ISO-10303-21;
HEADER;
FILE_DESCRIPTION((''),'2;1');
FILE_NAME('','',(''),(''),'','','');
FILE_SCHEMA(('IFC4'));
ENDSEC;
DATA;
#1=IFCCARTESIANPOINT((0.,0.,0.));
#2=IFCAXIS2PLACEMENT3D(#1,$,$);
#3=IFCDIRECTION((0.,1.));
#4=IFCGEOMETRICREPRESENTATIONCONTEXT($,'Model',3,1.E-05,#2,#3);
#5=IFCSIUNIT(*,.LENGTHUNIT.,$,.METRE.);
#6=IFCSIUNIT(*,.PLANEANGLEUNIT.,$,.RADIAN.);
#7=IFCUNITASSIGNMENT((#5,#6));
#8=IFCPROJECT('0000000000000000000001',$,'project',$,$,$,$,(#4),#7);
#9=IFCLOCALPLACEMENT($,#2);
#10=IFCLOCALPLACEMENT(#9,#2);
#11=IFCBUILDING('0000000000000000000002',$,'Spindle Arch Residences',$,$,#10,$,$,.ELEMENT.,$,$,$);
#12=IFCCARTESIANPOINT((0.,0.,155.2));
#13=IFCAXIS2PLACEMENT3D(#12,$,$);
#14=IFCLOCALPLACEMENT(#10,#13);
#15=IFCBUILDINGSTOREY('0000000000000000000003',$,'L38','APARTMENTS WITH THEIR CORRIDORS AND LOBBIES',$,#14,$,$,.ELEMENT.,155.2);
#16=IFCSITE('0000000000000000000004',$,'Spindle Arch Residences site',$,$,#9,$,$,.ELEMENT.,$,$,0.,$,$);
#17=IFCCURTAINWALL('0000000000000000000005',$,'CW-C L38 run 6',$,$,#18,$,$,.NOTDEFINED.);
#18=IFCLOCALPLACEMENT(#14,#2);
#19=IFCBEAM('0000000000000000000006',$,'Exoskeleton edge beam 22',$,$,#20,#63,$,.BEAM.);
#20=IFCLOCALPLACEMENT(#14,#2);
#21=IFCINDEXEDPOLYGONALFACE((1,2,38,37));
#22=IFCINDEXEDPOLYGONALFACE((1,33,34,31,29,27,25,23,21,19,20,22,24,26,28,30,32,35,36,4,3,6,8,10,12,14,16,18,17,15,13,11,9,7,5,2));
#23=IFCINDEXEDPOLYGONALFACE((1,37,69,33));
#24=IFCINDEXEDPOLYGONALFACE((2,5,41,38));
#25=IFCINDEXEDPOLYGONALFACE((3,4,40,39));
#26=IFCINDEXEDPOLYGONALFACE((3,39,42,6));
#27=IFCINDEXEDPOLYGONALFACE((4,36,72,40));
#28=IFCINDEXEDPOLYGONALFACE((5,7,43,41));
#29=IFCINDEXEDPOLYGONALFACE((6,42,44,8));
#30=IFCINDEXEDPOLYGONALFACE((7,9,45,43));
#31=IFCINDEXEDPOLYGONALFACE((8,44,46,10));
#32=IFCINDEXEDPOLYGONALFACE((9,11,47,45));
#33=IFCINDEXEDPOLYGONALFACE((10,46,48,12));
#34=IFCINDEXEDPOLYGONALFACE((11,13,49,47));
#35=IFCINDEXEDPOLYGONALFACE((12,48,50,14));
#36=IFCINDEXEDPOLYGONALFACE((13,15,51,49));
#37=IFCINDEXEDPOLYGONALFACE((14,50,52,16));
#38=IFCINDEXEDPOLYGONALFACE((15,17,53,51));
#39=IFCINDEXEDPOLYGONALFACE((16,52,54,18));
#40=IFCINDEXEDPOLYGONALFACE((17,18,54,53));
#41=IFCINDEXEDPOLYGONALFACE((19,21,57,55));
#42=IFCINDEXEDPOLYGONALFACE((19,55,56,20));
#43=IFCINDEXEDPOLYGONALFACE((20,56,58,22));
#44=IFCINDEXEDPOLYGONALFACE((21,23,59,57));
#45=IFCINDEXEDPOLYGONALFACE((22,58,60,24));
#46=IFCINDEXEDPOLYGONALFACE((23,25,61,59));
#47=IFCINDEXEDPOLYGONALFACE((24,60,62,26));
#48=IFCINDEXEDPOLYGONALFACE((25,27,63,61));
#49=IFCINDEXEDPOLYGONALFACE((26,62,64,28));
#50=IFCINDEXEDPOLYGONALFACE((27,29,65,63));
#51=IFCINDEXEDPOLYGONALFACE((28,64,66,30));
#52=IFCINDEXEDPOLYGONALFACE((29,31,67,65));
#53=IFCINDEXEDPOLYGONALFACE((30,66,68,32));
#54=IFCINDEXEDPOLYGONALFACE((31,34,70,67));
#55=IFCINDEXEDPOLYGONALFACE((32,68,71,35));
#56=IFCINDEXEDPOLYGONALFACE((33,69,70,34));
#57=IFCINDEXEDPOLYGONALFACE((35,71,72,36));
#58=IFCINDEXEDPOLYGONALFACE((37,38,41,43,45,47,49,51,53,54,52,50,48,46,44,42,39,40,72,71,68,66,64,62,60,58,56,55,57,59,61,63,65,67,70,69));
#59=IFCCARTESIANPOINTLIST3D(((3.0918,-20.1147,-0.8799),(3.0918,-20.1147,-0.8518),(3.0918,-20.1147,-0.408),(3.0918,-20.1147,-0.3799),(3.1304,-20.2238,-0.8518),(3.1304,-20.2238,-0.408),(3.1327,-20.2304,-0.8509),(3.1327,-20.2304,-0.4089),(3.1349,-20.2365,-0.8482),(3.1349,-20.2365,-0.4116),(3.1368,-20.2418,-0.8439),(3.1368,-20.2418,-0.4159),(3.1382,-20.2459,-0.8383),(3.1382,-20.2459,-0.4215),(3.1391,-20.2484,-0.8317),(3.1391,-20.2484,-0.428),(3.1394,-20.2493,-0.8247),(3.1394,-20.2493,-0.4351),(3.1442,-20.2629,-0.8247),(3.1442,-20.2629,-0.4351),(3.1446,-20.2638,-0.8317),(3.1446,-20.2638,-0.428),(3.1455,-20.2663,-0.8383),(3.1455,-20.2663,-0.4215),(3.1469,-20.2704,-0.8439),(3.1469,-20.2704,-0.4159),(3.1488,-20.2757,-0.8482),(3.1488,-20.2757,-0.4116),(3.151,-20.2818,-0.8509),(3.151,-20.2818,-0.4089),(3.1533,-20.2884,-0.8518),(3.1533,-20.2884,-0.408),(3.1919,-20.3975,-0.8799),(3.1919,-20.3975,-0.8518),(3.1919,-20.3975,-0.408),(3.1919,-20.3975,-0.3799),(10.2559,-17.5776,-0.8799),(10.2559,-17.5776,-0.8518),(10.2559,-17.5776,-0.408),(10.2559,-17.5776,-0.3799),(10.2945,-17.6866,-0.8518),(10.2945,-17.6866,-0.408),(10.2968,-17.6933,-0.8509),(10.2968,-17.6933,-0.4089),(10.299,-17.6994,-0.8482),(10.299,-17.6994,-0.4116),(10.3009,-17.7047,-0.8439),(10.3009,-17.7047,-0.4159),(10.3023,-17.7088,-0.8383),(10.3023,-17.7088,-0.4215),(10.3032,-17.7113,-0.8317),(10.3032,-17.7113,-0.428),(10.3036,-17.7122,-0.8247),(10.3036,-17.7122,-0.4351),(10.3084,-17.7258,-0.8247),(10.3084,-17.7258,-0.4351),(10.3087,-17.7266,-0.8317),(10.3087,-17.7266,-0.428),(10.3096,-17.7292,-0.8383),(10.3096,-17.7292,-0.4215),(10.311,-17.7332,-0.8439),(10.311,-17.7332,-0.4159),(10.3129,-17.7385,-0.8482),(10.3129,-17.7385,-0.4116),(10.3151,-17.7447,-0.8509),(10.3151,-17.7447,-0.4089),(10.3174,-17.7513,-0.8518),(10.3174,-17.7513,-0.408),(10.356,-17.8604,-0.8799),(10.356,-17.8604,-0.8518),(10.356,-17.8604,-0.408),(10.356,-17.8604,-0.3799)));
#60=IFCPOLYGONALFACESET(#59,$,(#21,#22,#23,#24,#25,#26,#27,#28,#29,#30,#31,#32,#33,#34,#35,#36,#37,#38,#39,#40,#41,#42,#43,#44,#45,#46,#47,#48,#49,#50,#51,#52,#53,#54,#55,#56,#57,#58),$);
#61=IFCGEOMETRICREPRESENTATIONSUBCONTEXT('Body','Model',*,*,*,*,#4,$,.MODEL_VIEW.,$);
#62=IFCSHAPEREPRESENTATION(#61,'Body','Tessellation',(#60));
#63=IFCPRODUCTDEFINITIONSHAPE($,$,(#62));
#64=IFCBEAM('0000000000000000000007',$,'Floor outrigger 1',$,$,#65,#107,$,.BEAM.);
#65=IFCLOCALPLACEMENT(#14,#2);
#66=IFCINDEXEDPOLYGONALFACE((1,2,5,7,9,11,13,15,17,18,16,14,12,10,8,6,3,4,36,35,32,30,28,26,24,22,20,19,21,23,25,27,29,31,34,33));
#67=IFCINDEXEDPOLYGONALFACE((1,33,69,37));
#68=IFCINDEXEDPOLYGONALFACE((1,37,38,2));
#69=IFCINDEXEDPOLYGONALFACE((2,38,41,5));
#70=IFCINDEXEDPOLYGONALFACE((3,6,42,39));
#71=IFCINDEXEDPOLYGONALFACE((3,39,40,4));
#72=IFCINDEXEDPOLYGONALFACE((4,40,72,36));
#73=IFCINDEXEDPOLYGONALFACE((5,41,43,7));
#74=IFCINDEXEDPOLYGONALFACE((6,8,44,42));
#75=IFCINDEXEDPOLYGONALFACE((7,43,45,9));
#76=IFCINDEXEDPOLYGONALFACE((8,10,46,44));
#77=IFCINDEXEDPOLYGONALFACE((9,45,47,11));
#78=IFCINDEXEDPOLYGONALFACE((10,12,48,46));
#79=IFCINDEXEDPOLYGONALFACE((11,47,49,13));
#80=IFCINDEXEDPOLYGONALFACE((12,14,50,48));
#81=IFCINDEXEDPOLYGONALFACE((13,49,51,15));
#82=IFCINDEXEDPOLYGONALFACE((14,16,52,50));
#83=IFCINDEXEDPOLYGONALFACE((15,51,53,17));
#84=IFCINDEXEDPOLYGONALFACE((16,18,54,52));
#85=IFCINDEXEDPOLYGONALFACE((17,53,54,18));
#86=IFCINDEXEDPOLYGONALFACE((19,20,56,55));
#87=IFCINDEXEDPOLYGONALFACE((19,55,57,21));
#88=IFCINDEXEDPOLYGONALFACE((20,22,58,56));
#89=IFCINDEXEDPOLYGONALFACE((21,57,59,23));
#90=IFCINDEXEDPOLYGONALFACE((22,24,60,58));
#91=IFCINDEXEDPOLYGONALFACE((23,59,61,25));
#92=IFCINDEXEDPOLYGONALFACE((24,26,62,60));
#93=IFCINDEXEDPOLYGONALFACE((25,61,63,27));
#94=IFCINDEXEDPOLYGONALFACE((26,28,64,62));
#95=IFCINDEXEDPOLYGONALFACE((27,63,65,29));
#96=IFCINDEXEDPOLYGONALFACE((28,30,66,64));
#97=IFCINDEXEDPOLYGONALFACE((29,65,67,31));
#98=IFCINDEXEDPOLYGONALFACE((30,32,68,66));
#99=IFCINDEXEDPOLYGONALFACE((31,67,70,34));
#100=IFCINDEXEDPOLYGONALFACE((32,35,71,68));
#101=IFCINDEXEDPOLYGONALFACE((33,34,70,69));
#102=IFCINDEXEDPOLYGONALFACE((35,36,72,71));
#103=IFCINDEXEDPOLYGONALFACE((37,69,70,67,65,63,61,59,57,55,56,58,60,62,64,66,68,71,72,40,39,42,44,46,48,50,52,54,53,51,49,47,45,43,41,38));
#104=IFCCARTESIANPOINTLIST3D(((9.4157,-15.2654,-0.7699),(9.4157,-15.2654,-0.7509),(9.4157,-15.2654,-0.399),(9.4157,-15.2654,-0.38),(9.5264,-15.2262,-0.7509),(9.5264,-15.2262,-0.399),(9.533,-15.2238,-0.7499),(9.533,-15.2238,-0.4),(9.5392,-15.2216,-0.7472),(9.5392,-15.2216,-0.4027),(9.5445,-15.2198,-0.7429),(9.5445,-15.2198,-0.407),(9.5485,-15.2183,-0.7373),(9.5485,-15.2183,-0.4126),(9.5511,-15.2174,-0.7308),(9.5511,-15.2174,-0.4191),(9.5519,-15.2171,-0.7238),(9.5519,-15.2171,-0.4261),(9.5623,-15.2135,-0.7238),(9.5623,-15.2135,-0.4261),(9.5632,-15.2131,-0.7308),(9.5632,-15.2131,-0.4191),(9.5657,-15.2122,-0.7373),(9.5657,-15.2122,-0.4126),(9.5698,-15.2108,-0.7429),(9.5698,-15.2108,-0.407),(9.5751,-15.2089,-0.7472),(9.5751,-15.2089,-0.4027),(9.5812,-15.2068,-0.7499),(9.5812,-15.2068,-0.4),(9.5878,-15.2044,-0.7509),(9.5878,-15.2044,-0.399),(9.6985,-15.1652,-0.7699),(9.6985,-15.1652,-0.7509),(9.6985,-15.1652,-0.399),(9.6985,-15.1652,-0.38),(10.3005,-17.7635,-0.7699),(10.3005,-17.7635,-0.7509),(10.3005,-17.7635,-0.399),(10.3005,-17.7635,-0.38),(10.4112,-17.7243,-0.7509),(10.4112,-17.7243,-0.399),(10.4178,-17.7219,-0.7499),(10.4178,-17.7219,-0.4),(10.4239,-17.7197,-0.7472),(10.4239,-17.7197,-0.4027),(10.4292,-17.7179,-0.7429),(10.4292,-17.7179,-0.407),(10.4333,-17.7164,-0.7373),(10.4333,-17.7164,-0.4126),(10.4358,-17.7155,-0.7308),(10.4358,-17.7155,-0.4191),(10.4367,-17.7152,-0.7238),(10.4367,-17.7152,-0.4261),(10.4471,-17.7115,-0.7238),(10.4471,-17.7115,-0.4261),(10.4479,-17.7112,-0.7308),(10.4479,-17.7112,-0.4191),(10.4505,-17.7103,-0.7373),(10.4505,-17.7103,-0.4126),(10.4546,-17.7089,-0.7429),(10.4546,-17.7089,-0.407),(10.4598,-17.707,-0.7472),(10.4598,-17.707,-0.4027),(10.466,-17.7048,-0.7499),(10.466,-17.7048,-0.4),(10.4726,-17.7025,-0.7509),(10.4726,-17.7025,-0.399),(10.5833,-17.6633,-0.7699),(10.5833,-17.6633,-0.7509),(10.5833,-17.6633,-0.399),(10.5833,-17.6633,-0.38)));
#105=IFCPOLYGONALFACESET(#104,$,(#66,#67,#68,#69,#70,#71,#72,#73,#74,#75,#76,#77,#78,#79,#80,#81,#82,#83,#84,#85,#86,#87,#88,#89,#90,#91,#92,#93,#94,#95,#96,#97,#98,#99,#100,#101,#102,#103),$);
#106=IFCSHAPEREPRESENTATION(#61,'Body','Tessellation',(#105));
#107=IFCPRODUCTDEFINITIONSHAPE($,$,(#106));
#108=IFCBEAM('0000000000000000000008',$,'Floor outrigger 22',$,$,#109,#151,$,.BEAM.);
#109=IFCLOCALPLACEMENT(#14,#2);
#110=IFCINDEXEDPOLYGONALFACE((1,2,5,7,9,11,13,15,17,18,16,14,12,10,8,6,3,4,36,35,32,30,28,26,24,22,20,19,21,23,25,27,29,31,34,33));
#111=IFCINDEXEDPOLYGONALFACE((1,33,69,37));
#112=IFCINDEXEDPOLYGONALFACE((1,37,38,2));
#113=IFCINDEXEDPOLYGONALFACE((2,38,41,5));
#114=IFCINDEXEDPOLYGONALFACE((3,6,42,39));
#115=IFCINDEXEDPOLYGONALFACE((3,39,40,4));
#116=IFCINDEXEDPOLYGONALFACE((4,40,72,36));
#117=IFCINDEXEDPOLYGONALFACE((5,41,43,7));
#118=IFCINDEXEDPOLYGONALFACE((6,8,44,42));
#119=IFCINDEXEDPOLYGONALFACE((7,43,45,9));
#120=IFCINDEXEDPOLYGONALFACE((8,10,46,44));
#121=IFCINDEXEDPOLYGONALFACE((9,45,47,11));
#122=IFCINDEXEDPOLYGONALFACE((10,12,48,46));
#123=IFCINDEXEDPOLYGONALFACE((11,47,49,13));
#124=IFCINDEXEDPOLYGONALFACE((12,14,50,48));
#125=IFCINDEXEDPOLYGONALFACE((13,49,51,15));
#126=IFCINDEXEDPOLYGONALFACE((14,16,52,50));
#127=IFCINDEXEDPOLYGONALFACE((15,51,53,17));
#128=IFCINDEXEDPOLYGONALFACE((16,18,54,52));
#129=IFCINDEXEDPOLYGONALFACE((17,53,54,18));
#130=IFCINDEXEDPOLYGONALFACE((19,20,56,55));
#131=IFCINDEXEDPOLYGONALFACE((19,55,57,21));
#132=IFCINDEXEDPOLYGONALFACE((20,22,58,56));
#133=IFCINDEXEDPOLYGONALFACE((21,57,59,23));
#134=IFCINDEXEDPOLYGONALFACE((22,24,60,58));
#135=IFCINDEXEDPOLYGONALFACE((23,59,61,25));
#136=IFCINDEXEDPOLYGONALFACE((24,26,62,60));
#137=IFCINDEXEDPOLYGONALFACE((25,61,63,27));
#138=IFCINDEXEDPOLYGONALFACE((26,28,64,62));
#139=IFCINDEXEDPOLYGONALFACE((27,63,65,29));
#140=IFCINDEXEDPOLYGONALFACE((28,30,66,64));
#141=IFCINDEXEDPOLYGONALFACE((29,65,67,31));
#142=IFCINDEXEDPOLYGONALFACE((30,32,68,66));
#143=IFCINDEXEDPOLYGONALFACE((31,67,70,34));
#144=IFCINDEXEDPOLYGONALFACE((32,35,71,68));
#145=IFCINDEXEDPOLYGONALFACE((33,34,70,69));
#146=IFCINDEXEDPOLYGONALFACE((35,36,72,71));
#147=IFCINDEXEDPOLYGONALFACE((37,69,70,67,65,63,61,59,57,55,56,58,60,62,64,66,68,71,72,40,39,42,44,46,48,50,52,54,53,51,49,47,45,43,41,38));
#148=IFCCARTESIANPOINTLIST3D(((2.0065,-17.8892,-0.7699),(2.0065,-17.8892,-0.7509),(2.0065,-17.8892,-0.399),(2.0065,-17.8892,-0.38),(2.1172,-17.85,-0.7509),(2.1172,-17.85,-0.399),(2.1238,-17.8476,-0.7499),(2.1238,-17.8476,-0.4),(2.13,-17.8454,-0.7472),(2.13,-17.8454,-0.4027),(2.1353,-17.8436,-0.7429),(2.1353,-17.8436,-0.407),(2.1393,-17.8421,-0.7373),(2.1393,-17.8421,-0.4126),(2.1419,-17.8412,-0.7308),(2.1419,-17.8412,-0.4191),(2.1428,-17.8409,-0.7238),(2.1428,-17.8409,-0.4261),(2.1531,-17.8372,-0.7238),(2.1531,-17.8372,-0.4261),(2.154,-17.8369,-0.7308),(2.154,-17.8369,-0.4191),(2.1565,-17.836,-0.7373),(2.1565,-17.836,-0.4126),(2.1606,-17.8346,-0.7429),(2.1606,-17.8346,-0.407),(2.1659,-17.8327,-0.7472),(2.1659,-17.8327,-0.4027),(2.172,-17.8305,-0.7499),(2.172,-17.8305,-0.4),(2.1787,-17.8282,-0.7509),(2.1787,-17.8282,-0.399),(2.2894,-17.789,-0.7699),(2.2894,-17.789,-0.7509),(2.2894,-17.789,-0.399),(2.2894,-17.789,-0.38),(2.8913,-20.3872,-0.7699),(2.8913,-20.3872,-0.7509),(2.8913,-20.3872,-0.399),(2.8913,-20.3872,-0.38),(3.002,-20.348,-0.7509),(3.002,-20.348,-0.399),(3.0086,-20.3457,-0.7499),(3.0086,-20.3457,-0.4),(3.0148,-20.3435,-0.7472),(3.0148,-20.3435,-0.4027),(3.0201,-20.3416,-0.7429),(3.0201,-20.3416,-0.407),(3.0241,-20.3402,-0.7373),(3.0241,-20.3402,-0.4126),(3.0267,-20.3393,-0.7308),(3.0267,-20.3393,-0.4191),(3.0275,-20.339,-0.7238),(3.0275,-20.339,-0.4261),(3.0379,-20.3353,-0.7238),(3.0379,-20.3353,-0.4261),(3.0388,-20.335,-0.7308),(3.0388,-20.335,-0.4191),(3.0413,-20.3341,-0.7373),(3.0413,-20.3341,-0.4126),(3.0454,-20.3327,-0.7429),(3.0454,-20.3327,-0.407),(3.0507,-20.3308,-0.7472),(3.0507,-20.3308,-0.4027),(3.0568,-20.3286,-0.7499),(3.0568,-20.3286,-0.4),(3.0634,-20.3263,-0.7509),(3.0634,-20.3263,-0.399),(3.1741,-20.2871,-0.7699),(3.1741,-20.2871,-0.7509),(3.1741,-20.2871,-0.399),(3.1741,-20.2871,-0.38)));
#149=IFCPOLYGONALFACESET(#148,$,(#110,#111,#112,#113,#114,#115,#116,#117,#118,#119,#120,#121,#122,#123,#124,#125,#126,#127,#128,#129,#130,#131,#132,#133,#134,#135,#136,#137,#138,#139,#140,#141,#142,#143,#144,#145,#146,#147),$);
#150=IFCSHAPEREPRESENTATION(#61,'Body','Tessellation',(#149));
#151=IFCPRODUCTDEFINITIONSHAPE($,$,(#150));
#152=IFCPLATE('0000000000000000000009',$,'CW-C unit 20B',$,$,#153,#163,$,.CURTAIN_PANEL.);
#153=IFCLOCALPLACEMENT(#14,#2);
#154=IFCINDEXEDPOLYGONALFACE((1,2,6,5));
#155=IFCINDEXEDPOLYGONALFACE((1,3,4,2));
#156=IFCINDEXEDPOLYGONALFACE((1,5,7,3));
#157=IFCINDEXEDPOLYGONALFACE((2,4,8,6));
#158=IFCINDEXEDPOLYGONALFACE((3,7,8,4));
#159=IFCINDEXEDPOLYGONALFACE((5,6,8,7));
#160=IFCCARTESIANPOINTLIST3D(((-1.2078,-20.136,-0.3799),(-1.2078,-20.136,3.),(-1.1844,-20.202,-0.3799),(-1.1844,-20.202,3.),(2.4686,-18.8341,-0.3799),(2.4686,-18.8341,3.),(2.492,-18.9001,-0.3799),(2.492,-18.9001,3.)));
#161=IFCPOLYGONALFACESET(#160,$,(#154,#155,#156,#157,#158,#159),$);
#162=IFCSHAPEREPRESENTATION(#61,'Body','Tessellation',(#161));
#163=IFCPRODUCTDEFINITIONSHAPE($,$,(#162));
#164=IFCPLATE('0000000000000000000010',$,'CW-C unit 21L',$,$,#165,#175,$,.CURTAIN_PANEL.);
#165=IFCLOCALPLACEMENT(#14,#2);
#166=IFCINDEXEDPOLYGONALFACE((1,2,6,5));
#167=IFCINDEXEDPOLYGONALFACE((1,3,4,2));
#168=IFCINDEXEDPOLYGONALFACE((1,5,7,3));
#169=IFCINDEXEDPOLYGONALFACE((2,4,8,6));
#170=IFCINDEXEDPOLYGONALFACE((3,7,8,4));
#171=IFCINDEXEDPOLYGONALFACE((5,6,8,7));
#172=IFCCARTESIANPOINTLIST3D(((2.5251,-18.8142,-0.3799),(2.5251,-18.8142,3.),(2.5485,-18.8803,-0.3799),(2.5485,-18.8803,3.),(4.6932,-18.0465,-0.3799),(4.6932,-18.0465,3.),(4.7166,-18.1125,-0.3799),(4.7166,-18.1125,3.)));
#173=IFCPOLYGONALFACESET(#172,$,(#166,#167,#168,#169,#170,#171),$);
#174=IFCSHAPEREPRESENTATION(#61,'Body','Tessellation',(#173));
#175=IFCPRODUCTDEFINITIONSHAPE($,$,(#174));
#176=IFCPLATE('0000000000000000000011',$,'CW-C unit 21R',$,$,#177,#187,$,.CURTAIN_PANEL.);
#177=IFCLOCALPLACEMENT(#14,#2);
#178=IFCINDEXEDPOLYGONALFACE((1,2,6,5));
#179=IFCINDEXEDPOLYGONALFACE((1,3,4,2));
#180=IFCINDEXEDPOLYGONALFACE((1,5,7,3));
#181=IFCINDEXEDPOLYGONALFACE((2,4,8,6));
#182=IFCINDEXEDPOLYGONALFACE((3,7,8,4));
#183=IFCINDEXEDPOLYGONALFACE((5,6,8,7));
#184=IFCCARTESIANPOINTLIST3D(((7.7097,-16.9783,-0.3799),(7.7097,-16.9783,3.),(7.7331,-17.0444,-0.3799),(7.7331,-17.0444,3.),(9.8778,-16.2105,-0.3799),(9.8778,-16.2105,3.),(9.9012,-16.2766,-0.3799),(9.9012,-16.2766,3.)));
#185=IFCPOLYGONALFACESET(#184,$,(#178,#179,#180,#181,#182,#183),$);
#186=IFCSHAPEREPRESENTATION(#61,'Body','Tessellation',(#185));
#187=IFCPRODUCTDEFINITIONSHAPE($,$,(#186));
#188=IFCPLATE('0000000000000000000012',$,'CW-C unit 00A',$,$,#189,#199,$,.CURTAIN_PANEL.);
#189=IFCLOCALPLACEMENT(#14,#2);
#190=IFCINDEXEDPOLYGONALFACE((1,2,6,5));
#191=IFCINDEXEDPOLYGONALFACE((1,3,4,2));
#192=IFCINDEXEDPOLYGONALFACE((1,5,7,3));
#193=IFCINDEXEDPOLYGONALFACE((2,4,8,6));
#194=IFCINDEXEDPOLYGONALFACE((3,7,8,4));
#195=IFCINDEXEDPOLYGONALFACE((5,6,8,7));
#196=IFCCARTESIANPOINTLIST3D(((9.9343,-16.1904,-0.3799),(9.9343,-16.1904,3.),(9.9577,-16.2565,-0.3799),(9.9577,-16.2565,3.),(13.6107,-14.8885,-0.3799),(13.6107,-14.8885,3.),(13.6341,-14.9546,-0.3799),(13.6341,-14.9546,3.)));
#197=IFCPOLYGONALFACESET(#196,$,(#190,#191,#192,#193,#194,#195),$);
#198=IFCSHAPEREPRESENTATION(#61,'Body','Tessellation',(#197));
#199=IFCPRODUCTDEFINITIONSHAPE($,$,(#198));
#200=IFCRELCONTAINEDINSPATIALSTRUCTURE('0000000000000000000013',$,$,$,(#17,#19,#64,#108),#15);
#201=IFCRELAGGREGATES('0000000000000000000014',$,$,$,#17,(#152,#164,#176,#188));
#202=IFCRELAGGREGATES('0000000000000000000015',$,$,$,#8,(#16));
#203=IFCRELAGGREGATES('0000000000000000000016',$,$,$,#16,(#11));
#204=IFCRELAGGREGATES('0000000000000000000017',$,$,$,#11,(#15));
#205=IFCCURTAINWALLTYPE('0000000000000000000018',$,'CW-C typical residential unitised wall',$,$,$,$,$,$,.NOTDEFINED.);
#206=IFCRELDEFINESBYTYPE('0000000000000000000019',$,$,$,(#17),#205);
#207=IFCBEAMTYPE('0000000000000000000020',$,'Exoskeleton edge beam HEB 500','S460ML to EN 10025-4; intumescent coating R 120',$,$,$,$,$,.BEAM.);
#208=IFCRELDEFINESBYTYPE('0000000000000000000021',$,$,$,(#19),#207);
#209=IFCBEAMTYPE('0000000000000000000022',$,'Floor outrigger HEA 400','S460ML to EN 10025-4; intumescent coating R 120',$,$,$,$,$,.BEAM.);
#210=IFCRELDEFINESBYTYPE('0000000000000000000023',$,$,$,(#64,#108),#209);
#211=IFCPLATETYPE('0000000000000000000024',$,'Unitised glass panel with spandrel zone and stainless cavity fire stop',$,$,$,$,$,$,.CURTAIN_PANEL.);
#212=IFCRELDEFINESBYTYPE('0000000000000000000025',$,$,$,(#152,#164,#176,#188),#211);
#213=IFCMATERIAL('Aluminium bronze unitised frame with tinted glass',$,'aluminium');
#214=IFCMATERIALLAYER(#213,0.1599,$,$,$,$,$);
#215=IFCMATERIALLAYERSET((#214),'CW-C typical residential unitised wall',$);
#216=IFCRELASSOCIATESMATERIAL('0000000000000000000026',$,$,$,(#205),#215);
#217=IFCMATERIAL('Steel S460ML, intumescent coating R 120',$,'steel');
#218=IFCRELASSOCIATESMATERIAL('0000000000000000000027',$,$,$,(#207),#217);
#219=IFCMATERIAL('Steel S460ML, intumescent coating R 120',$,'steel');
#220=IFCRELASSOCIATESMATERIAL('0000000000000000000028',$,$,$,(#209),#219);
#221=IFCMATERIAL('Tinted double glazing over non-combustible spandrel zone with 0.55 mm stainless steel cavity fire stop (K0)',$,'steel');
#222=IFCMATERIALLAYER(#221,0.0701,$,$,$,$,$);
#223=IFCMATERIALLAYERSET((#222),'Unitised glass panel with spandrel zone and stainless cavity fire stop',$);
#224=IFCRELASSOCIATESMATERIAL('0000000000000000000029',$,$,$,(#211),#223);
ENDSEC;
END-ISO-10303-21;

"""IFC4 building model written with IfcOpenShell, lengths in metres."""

from ifc_helpers import new_model, si_unit, direction, frame, origin, origin_2d, place, context, subcontext, project, spatial, rectangle, i_section, extrude, material, layer, layer_set, material_profile, profile_set, type_object, element, aggregate, save


model = new_model("IFC4")

# Units and contexts
model_context = context("Model", 3, precision=1e-05, world=origin(), true_north=direction((0.0, 1.0)))
body_context = subcontext(model_context, "Body", "Model", "MODEL_VIEW")
ifc_project = project(units=[si_unit("LENGTHUNIT", "METRE"), si_unit("PLANEANGLEUNIT", "RADIAN")], contexts=[model_context])

# Site, building, storey
site_placement = place(None, origin())
site = spatial("IfcSite", under=ifc_project, at=site_placement, Name="Spindle Arch Residences site", CompositionType="ELEMENT", RefElevation=0.0)
building_placement = place(site_placement, origin())
building = spatial("IfcBuilding", under=site, at=building_placement, Name="Spindle Arch Residences", CompositionType="ELEMENT")
storey_placement = place(building_placement, frame((0.0, 0.0, 155.2)))
storey = spatial("IfcBuildingStorey", under=building, at=storey_placement, Name="L38", Description="APARTMENTS WITH THEIR CORRIDORS AND LOBBIES", CompositionType="ELEMENT", Elevation=155.2)

# Curtain wall
ifc_material_1 = material(Name="Aluminium bronze unitised frame with tinted glass", Category="aluminium")
ifc_layer_1 = layer(ifc_material_1, 0.1599)
ifc_layer_set_1 = layer_set([ifc_layer_1], Name="CW-C typical residential unitised wall")
curtain_wall_type = type_object("IfcCurtainWallType", Name="CW-C typical residential unitised wall", PredefinedType="NOTDEFINED", material=ifc_layer_set_1)
curtain_wall_placement = place(storey_placement, origin())
curtain_wall = element("IfcCurtainWall", 1, at=curtain_wall_placement, inside=storey, type_object=curtain_wall_type, Name="CW-C L38 run 6", PredefinedType="NOTDEFINED")

# Beams
ifc_material_2 = material(Name="Steel S460ML, intumescent coating R 120", Category="steel")
ifc_material_profile_1 = material_profile(ifc_material_2, i_section(OverallWidth=0.3, OverallDepth=0.5, WebThickness=0.0144, FlangeThickness=0.0281, FilletRadius=0.0271, at=origin_2d()), Name="HEB 500")
ifc_profile_set_1 = profile_set([ifc_material_profile_1], Name="Steel S460ML, intumescent coating R 120")
beam_type_1 = type_object("IfcBeamType", Name="Exoskeleton edge beam HEB 500", Description="S460ML to EN 10025-4; intumescent coating R 120", PredefinedType="BEAM", material=ifc_profile_set_1)
for number, where, z_axis, x_axis, name in (
    (2, (3.1418, -20.2561, -0.6299), (0.942634, 0.333828, 0.0), (-0.333828, 0.942634, 0.0), "Exoskeleton edge beam 22"),
):
    element("IfcBeam", number, at=place(storey_placement, frame(where, z_axis=z_axis, x_axis=x_axis)), inside=storey, type_object=beam_type_1, Name=name, PredefinedType="BEAM", context=body_context, shape_type="SweptSolid", body=[
        extrude(i_section(OverallWidth=0.3, OverallDepth=0.5, WebThickness=0.0144, FlangeThickness=0.0281, FilletRadius=0.0271, at=origin_2d()), origin(), (0.0, 0.0, 1.0), 7.6001),
    ])
ifc_material_3 = material(Name="Steel S460ML, intumescent coating R 120", Category="steel")
ifc_material_profile_2 = material_profile(ifc_material_3, i_section(OverallWidth=0.3, OverallDepth=0.3899, WebThickness=0.011, FlangeThickness=0.019, FilletRadius=0.0271, at=origin_2d()), Name="HEA 400")
ifc_profile_set_2 = profile_set([ifc_material_profile_2], Name="Steel S460ML, intumescent coating R 120")
beam_type_2 = type_object("IfcBeamType", Name="Floor outrigger HEA 400", Description="S460ML to EN 10025-4; intumescent coating R 120", PredefinedType="BEAM", material=ifc_profile_set_2)
for number, where, z_axis, x_axis, name in (
    (3, (10.4419, -17.7134, -0.575), (-0.333861, 0.942622, 0.0), (-0.942622, -0.333861, 0.0), "Floor outrigger 1"),
    (4, (3.0327, -20.3372, -0.575), (-0.333861, 0.942622, 0.0), (-0.942622, -0.333861, 0.0), "Floor outrigger 22"),
):
    element("IfcBeam", number, at=place(storey_placement, frame(where, z_axis=z_axis, x_axis=x_axis)), inside=storey, type_object=beam_type_2, Name=name, PredefinedType="BEAM", context=body_context, shape_type="SweptSolid", body=[
        extrude(i_section(OverallWidth=0.3, OverallDepth=0.3899, WebThickness=0.011, FlangeThickness=0.019, FilletRadius=0.0271, at=origin_2d()), origin(), (0.0, 0.0, 1.0), 2.6501),
    ])

# Plates
ifc_material_4 = material(Name="Tinted double glazing over non-combustible spandrel zone with 0.55 mm stainless steel cavity fire stop (K0)", Category="steel")
ifc_layer_2 = layer(ifc_material_4, 0.0701)
ifc_layer_set_2 = layer_set([ifc_layer_2], Name="Unitised glass panel with spandrel zone and stainless cavity fire stop")
plate_type = type_object("IfcPlateType", Name="Unitised glass panel with spandrel zone and stainless cavity fire stop", PredefinedType="CURTAIN_PANEL", material=ifc_layer_set_2)
plate_1_placement = place(storey_placement, frame((0.6421, -19.5181, -0.3799), z_axis=(0.0, 0.0, 1.0), x_axis=(0.942641, 0.333807, 0.0)))
plate_1 = element("IfcPlate", 5, at=plate_1_placement, type_object=plate_type, Name="CW-C unit 20B", PredefinedType="CURTAIN_PANEL", context=body_context, shape_type="SweptSolid", body=[
    extrude(rectangle(XDim=3.9001, YDim=0.0701, at=origin_2d()), origin(), (0.0, 0.0, 1.0), 3.3799),
])
plate_2_placement = place(storey_placement, frame((3.6208, -18.4634, -0.3799), z_axis=(0.0, 0.0, 1.0), x_axis=(0.942641, 0.333807, 0.0)))
plate_2 = element("IfcPlate", 6, at=plate_2_placement, type_object=plate_type, Name="CW-C unit 21L", PredefinedType="CURTAIN_PANEL", context=body_context, shape_type="SweptSolid", body=[
    extrude(rectangle(XDim=2.3, YDim=0.0701, at=origin_2d()), origin(), (0.0, 0.0, 1.0), 3.3799),
])
plate_3_placement = place(storey_placement, frame((8.8054, -16.6274, -0.3799), z_axis=(0.0, 0.0, 1.0), x_axis=(0.942641, 0.333807, 0.0)))
plate_3 = element("IfcPlate", 7, at=plate_3_placement, type_object=plate_type, Name="CW-C unit 21R", PredefinedType="CURTAIN_PANEL", context=body_context, shape_type="SweptSolid", body=[
    extrude(rectangle(XDim=2.3, YDim=0.0701, at=origin_2d()), origin(), (0.0, 0.0, 1.0), 3.3799),
])
plate_4_placement = place(storey_placement, frame((11.7842, -15.5725, -0.3799), z_axis=(0.0, 0.0, 1.0), x_axis=(0.942641, 0.333807, 0.0)))
plate_4 = element("IfcPlate", 8, at=plate_4_placement, type_object=plate_type, Name="CW-C unit 00A", PredefinedType="CURTAIN_PANEL", context=body_context, shape_type="SweptSolid", body=[
    extrude(rectangle(XDim=3.9001, YDim=0.0701, at=origin_2d()), origin(), (0.0, 0.0, 1.0), 3.3799),
])
aggregate(curtain_wall, [plate_1, plate_2, plate_3, plate_4])

save(model, "model.ifc")
